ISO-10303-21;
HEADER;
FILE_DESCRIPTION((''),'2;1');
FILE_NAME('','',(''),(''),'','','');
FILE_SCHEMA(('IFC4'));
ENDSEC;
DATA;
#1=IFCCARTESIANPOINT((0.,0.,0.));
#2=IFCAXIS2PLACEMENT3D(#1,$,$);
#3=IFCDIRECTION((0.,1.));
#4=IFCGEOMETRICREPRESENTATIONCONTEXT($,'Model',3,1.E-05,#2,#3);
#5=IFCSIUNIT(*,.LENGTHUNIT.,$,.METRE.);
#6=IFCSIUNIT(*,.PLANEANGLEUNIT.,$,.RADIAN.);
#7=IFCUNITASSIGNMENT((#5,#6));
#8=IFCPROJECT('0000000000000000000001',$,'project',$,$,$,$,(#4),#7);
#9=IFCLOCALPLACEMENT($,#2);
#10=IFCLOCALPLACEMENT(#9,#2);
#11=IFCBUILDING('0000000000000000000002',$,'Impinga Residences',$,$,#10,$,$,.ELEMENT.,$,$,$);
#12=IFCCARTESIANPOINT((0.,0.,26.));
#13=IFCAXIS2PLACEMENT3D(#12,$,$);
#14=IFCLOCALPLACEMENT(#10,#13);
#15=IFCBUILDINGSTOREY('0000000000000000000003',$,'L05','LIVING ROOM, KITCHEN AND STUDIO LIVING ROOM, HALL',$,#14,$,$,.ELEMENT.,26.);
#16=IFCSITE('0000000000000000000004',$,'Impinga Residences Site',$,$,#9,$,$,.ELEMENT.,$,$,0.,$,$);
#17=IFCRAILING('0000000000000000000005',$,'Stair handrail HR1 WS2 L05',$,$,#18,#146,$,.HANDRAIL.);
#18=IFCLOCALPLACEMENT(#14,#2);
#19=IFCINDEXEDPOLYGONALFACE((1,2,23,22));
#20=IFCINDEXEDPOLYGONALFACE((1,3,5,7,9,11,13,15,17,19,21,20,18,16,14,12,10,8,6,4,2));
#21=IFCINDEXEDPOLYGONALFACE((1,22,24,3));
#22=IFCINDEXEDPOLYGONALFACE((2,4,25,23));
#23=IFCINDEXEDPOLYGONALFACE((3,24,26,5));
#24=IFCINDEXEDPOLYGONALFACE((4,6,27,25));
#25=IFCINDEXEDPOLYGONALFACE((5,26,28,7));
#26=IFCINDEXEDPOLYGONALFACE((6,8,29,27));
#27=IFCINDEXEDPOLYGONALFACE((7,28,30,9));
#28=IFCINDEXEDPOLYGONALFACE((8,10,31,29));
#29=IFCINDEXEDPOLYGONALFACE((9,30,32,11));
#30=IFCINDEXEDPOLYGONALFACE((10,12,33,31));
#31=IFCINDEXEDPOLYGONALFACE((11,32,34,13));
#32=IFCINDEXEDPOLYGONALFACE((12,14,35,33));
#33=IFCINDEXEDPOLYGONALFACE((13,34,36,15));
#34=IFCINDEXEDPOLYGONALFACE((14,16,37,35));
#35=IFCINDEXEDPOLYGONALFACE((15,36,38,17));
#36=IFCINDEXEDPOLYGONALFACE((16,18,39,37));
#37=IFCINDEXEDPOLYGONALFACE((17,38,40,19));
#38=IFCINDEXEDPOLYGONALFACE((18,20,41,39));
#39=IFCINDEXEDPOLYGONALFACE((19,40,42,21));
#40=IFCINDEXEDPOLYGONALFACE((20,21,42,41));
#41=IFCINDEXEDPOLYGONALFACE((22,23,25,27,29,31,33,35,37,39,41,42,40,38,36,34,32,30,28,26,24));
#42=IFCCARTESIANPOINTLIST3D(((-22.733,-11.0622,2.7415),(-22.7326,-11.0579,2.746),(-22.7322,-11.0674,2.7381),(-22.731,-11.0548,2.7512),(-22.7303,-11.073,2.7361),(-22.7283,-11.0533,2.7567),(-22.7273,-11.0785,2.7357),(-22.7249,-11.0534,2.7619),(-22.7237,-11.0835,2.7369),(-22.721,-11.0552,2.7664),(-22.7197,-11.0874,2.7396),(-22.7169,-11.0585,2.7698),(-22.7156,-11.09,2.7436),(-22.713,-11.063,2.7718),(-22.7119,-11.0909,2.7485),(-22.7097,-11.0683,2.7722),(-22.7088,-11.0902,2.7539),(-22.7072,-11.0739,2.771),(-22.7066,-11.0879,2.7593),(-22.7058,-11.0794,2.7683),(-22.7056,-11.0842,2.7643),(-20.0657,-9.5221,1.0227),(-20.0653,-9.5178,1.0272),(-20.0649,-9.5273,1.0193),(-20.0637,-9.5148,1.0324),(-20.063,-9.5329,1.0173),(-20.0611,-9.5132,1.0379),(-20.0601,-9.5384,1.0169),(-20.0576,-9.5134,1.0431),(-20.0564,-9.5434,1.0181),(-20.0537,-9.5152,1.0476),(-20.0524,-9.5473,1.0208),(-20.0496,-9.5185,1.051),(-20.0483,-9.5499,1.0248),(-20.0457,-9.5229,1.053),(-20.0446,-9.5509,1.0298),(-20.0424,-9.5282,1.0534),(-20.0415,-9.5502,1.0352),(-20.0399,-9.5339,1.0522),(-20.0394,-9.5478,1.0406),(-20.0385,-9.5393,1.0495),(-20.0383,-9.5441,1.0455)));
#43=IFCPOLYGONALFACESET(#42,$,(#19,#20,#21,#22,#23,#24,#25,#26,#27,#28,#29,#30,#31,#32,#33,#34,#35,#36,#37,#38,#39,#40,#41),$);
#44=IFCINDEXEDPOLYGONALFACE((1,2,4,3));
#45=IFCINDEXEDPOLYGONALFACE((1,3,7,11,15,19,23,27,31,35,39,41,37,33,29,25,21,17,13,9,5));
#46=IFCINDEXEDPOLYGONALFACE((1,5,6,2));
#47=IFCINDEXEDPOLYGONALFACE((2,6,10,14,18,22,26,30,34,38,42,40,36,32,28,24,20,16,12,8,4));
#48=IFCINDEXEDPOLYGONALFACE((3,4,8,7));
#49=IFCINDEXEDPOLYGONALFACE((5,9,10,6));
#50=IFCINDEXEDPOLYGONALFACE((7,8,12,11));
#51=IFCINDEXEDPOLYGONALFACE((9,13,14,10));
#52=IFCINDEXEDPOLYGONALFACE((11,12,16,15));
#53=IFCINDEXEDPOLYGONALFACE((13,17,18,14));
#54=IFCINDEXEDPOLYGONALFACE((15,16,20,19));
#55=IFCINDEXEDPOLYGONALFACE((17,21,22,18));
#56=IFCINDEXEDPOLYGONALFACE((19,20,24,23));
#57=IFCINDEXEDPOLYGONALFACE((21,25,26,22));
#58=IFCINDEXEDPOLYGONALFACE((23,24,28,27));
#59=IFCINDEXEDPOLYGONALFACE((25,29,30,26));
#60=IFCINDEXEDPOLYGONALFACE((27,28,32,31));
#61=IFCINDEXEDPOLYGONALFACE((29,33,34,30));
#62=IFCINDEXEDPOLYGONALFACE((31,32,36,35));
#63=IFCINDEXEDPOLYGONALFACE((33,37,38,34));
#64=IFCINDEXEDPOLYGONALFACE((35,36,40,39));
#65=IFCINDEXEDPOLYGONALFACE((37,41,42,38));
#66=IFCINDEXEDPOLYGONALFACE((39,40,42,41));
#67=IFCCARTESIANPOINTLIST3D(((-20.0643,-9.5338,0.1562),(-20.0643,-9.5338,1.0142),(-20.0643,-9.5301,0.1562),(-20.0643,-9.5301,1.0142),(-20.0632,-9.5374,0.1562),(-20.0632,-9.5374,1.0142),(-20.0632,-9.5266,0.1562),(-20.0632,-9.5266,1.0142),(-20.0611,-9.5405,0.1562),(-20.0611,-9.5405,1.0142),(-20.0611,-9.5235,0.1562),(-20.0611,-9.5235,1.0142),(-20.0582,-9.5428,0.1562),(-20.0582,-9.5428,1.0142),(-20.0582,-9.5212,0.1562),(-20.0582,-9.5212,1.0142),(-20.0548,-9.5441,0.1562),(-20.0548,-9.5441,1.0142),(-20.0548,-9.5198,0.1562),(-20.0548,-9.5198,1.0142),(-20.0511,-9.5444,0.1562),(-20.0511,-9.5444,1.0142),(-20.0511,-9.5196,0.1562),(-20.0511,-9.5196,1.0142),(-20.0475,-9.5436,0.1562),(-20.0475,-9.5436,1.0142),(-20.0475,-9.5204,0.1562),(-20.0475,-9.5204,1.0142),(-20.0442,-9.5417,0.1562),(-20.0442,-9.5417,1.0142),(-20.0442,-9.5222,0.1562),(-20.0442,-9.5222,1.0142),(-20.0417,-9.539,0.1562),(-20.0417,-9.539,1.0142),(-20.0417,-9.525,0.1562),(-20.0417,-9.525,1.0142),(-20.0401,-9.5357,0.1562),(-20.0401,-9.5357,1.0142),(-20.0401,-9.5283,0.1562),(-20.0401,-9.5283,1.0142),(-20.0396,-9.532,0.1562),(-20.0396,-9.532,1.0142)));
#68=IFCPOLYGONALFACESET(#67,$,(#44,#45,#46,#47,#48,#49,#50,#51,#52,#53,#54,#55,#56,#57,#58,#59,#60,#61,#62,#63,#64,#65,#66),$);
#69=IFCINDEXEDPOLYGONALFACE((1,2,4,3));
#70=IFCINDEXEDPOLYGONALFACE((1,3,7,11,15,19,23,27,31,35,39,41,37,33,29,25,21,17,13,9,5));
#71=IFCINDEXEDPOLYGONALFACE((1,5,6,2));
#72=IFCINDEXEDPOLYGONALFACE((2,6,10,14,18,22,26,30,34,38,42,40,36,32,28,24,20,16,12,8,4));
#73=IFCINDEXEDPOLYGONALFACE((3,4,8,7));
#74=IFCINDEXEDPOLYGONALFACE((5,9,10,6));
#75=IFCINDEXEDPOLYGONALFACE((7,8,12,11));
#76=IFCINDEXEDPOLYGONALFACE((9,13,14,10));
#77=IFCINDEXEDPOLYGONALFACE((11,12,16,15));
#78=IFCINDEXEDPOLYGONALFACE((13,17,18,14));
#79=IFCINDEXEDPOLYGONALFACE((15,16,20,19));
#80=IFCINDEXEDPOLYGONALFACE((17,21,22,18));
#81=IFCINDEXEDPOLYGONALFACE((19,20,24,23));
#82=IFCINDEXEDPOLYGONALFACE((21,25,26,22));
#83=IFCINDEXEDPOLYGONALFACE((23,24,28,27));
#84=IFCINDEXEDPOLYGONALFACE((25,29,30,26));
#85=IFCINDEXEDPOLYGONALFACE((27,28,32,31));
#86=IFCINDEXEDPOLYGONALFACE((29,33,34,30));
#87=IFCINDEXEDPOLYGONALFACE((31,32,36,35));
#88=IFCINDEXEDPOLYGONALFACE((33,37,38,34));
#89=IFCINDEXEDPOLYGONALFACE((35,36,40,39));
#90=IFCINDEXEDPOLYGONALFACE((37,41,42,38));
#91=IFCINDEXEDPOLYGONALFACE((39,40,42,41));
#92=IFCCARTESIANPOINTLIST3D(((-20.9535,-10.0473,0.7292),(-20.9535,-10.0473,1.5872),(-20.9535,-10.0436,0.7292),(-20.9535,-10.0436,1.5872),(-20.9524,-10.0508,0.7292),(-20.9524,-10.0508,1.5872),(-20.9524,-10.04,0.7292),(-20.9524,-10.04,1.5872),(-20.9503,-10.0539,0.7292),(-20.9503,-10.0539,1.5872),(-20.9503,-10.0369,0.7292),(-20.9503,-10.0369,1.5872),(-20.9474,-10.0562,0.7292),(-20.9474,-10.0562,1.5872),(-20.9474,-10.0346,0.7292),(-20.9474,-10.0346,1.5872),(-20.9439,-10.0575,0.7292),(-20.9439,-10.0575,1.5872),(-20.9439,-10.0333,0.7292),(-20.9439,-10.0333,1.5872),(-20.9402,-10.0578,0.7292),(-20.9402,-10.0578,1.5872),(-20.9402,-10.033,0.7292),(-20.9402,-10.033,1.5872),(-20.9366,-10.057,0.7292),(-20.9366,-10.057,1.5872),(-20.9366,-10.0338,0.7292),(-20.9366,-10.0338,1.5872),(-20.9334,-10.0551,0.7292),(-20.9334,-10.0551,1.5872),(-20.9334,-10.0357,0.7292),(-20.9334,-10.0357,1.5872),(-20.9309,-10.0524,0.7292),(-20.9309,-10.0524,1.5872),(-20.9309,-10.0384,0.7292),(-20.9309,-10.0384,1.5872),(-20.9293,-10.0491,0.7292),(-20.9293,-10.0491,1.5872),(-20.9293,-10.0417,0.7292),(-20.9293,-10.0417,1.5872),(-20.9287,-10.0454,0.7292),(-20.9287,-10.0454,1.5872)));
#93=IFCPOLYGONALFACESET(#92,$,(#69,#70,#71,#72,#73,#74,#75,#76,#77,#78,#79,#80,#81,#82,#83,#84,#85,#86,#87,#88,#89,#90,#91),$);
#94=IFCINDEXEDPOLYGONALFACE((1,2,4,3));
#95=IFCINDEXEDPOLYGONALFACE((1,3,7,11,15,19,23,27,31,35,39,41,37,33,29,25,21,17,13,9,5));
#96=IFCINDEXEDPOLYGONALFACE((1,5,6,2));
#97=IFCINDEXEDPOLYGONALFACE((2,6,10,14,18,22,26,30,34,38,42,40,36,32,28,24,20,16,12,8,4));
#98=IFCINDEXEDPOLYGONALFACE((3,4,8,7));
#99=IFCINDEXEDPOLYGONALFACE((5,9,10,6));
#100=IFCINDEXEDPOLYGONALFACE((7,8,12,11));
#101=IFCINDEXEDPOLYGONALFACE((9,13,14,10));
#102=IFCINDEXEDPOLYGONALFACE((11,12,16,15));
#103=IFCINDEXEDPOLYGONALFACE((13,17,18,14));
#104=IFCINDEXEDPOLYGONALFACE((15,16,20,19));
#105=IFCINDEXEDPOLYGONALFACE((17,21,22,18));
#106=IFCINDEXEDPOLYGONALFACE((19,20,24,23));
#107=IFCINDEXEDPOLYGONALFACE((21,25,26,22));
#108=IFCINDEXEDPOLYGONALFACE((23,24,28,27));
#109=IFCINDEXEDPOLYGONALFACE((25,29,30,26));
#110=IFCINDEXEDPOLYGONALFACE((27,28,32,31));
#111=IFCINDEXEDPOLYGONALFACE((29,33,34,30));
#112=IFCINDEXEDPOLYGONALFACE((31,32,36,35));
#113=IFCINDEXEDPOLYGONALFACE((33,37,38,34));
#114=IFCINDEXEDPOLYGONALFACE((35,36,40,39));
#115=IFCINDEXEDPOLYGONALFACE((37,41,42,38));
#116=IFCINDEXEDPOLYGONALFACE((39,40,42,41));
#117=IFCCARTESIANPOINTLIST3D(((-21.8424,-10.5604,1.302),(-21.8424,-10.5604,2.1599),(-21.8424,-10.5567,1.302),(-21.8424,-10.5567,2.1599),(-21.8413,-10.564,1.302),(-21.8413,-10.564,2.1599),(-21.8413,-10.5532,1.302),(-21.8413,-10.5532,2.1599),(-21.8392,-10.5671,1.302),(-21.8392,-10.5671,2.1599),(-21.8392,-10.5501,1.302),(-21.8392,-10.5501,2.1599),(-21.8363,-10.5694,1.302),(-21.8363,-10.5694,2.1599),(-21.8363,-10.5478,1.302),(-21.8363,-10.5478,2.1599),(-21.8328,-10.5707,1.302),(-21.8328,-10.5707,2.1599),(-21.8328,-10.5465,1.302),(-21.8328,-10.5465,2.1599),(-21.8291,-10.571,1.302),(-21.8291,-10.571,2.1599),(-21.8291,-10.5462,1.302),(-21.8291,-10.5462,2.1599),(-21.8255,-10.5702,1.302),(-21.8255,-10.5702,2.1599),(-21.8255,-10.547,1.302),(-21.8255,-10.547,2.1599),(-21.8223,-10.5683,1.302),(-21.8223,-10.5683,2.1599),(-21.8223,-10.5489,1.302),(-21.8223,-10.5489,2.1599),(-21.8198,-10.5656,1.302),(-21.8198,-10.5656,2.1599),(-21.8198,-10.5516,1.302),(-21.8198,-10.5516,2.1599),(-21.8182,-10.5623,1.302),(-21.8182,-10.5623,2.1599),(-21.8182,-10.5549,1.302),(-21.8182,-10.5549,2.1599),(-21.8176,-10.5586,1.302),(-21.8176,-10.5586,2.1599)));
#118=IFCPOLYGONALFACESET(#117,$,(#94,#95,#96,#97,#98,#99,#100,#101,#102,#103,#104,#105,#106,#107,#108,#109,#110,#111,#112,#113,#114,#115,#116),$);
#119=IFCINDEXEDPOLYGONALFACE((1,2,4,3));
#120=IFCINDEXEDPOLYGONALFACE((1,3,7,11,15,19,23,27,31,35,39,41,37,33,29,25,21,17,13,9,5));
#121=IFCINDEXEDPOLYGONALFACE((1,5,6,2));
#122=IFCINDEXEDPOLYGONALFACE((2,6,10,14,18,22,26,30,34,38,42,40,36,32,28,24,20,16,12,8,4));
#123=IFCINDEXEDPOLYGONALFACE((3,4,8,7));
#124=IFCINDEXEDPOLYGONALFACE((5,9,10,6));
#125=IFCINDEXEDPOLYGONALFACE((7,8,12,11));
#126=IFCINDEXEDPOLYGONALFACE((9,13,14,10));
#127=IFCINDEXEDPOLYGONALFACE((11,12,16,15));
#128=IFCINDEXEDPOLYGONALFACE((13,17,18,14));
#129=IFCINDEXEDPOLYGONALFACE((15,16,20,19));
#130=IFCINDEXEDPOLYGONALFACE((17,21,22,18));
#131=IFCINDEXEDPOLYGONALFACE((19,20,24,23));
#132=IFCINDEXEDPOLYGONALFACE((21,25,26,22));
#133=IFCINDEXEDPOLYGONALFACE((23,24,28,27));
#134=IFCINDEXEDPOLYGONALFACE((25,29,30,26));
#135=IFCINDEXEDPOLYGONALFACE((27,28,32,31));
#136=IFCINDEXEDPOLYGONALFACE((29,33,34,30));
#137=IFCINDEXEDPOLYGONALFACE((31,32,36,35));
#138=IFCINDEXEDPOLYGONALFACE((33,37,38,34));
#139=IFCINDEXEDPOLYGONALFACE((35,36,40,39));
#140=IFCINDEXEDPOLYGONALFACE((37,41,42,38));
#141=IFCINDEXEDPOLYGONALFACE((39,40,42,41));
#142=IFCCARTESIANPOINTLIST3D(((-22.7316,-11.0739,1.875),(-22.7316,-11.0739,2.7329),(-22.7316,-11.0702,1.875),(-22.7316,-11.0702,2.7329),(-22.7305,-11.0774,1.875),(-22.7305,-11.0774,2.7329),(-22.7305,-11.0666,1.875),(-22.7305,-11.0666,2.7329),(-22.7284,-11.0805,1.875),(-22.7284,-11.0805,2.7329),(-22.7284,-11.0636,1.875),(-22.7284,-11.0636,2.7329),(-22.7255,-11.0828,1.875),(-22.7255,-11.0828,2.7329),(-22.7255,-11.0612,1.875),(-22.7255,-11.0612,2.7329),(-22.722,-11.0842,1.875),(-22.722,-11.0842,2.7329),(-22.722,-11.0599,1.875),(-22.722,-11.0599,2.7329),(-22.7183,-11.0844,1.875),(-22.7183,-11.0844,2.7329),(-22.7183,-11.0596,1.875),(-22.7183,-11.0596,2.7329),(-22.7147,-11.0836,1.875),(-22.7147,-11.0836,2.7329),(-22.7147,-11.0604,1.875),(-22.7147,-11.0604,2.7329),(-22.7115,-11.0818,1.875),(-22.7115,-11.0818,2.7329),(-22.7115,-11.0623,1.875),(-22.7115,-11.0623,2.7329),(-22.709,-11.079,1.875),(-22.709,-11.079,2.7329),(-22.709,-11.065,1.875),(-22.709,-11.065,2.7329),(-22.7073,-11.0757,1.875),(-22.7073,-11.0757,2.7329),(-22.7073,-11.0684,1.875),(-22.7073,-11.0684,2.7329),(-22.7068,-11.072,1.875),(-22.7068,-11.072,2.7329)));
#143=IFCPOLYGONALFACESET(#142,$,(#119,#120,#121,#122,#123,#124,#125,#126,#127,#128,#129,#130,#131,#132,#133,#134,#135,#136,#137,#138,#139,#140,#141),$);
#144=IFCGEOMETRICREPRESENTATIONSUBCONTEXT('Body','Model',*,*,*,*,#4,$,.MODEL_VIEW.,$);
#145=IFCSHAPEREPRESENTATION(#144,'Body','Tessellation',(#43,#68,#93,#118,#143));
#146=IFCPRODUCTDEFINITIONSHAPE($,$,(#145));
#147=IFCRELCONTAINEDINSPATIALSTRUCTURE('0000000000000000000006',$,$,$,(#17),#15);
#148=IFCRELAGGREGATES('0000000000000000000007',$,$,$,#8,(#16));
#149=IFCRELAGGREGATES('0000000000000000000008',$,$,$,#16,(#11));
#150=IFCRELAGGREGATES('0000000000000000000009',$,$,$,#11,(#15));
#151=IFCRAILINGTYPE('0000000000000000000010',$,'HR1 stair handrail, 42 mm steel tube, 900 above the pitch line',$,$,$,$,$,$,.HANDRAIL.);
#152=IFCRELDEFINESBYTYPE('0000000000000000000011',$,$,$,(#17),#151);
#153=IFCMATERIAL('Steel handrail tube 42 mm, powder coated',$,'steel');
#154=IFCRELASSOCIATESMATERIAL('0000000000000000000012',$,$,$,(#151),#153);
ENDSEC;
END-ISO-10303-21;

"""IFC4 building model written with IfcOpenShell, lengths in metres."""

from ifc_helpers import new_model, si_unit, direction, frame, origin, origin_2d, place, context, subcontext, project, spatial, circle, extrude, material, type_object, element, save


model = new_model("IFC4")

# Units and contexts
model_context = context("Model", 3, precision=1e-05, world=origin(), true_north=direction((0.0, 1.0)))
body_context = subcontext(model_context, "Body", "Model", "MODEL_VIEW")
ifc_project = project(units=[si_unit("LENGTHUNIT", "METRE"), si_unit("PLANEANGLEUNIT", "RADIAN")], contexts=[model_context])

# Site, building, storey
site_placement = place(None, origin())
site = spatial("IfcSite", under=ifc_project, at=site_placement, Name="Impinga Residences Site", CompositionType="ELEMENT", RefElevation=0.0)
building_placement = place(site_placement, origin())
building = spatial("IfcBuilding", under=site, at=building_placement, Name="Impinga Residences", CompositionType="ELEMENT")
storey_placement = place(building_placement, frame((0.0, 0.0, 26.0)))
storey = spatial("IfcBuildingStorey", under=building, at=storey_placement, Name="L05", Description="LIVING ROOM, KITCHEN AND STUDIO LIVING ROOM, HALL", CompositionType="ELEMENT", Elevation=26.0)

# Railing
ifc_material_1 = material(Name="Steel handrail tube 42 mm, powder coated", Category="steel")
railing_type_1 = type_object("IfcRailingType", Name="HR1 stair handrail, 42 mm steel tube, 900 above the pitch line", PredefinedType="HANDRAIL", material=ifc_material_1)
railing_1_placement = place(storey_placement, frame((-20.052, -9.532, 0.1562)))
element("IfcRailing", 1, at=railing_1_placement, inside=storey, type_object=railing_type_1, Name="Stair handrail HR1 WS2 L05", PredefinedType="HANDRAIL", context=body_context, shape_type="SweptSolid", body=[
    extrude(circle(Radius=0.021, at=origin_2d()), frame((0.0, 0.0, 0.8789), z_axis=(-0.756226, -0.436639, 0.487307), x_axis=(0.500027, -0.86601, 0.0)), (0.0, 0.0, 1.0), 3.5271),
    extrude(circle(Radius=0.0125, at=origin_2d()), origin(), (0.0, 0.0, 1.0), 0.8579),
    extrude(circle(Radius=0.0125, at=origin_2d()), frame((-0.8892, -0.5134, 0.573)), (0.0, 0.0, 1.0), 0.8579),
    extrude(circle(Radius=0.0125, at=origin_2d()), frame((-1.7781, -1.0266, 1.1458)), (0.0, 0.0, 1.0), 0.8579),
    extrude(circle(Radius=0.0125, at=origin_2d()), frame((-2.6672, -1.54, 1.7188)), (0.0, 0.0, 1.0), 0.8579),
])

save(model, "model.ifc")
